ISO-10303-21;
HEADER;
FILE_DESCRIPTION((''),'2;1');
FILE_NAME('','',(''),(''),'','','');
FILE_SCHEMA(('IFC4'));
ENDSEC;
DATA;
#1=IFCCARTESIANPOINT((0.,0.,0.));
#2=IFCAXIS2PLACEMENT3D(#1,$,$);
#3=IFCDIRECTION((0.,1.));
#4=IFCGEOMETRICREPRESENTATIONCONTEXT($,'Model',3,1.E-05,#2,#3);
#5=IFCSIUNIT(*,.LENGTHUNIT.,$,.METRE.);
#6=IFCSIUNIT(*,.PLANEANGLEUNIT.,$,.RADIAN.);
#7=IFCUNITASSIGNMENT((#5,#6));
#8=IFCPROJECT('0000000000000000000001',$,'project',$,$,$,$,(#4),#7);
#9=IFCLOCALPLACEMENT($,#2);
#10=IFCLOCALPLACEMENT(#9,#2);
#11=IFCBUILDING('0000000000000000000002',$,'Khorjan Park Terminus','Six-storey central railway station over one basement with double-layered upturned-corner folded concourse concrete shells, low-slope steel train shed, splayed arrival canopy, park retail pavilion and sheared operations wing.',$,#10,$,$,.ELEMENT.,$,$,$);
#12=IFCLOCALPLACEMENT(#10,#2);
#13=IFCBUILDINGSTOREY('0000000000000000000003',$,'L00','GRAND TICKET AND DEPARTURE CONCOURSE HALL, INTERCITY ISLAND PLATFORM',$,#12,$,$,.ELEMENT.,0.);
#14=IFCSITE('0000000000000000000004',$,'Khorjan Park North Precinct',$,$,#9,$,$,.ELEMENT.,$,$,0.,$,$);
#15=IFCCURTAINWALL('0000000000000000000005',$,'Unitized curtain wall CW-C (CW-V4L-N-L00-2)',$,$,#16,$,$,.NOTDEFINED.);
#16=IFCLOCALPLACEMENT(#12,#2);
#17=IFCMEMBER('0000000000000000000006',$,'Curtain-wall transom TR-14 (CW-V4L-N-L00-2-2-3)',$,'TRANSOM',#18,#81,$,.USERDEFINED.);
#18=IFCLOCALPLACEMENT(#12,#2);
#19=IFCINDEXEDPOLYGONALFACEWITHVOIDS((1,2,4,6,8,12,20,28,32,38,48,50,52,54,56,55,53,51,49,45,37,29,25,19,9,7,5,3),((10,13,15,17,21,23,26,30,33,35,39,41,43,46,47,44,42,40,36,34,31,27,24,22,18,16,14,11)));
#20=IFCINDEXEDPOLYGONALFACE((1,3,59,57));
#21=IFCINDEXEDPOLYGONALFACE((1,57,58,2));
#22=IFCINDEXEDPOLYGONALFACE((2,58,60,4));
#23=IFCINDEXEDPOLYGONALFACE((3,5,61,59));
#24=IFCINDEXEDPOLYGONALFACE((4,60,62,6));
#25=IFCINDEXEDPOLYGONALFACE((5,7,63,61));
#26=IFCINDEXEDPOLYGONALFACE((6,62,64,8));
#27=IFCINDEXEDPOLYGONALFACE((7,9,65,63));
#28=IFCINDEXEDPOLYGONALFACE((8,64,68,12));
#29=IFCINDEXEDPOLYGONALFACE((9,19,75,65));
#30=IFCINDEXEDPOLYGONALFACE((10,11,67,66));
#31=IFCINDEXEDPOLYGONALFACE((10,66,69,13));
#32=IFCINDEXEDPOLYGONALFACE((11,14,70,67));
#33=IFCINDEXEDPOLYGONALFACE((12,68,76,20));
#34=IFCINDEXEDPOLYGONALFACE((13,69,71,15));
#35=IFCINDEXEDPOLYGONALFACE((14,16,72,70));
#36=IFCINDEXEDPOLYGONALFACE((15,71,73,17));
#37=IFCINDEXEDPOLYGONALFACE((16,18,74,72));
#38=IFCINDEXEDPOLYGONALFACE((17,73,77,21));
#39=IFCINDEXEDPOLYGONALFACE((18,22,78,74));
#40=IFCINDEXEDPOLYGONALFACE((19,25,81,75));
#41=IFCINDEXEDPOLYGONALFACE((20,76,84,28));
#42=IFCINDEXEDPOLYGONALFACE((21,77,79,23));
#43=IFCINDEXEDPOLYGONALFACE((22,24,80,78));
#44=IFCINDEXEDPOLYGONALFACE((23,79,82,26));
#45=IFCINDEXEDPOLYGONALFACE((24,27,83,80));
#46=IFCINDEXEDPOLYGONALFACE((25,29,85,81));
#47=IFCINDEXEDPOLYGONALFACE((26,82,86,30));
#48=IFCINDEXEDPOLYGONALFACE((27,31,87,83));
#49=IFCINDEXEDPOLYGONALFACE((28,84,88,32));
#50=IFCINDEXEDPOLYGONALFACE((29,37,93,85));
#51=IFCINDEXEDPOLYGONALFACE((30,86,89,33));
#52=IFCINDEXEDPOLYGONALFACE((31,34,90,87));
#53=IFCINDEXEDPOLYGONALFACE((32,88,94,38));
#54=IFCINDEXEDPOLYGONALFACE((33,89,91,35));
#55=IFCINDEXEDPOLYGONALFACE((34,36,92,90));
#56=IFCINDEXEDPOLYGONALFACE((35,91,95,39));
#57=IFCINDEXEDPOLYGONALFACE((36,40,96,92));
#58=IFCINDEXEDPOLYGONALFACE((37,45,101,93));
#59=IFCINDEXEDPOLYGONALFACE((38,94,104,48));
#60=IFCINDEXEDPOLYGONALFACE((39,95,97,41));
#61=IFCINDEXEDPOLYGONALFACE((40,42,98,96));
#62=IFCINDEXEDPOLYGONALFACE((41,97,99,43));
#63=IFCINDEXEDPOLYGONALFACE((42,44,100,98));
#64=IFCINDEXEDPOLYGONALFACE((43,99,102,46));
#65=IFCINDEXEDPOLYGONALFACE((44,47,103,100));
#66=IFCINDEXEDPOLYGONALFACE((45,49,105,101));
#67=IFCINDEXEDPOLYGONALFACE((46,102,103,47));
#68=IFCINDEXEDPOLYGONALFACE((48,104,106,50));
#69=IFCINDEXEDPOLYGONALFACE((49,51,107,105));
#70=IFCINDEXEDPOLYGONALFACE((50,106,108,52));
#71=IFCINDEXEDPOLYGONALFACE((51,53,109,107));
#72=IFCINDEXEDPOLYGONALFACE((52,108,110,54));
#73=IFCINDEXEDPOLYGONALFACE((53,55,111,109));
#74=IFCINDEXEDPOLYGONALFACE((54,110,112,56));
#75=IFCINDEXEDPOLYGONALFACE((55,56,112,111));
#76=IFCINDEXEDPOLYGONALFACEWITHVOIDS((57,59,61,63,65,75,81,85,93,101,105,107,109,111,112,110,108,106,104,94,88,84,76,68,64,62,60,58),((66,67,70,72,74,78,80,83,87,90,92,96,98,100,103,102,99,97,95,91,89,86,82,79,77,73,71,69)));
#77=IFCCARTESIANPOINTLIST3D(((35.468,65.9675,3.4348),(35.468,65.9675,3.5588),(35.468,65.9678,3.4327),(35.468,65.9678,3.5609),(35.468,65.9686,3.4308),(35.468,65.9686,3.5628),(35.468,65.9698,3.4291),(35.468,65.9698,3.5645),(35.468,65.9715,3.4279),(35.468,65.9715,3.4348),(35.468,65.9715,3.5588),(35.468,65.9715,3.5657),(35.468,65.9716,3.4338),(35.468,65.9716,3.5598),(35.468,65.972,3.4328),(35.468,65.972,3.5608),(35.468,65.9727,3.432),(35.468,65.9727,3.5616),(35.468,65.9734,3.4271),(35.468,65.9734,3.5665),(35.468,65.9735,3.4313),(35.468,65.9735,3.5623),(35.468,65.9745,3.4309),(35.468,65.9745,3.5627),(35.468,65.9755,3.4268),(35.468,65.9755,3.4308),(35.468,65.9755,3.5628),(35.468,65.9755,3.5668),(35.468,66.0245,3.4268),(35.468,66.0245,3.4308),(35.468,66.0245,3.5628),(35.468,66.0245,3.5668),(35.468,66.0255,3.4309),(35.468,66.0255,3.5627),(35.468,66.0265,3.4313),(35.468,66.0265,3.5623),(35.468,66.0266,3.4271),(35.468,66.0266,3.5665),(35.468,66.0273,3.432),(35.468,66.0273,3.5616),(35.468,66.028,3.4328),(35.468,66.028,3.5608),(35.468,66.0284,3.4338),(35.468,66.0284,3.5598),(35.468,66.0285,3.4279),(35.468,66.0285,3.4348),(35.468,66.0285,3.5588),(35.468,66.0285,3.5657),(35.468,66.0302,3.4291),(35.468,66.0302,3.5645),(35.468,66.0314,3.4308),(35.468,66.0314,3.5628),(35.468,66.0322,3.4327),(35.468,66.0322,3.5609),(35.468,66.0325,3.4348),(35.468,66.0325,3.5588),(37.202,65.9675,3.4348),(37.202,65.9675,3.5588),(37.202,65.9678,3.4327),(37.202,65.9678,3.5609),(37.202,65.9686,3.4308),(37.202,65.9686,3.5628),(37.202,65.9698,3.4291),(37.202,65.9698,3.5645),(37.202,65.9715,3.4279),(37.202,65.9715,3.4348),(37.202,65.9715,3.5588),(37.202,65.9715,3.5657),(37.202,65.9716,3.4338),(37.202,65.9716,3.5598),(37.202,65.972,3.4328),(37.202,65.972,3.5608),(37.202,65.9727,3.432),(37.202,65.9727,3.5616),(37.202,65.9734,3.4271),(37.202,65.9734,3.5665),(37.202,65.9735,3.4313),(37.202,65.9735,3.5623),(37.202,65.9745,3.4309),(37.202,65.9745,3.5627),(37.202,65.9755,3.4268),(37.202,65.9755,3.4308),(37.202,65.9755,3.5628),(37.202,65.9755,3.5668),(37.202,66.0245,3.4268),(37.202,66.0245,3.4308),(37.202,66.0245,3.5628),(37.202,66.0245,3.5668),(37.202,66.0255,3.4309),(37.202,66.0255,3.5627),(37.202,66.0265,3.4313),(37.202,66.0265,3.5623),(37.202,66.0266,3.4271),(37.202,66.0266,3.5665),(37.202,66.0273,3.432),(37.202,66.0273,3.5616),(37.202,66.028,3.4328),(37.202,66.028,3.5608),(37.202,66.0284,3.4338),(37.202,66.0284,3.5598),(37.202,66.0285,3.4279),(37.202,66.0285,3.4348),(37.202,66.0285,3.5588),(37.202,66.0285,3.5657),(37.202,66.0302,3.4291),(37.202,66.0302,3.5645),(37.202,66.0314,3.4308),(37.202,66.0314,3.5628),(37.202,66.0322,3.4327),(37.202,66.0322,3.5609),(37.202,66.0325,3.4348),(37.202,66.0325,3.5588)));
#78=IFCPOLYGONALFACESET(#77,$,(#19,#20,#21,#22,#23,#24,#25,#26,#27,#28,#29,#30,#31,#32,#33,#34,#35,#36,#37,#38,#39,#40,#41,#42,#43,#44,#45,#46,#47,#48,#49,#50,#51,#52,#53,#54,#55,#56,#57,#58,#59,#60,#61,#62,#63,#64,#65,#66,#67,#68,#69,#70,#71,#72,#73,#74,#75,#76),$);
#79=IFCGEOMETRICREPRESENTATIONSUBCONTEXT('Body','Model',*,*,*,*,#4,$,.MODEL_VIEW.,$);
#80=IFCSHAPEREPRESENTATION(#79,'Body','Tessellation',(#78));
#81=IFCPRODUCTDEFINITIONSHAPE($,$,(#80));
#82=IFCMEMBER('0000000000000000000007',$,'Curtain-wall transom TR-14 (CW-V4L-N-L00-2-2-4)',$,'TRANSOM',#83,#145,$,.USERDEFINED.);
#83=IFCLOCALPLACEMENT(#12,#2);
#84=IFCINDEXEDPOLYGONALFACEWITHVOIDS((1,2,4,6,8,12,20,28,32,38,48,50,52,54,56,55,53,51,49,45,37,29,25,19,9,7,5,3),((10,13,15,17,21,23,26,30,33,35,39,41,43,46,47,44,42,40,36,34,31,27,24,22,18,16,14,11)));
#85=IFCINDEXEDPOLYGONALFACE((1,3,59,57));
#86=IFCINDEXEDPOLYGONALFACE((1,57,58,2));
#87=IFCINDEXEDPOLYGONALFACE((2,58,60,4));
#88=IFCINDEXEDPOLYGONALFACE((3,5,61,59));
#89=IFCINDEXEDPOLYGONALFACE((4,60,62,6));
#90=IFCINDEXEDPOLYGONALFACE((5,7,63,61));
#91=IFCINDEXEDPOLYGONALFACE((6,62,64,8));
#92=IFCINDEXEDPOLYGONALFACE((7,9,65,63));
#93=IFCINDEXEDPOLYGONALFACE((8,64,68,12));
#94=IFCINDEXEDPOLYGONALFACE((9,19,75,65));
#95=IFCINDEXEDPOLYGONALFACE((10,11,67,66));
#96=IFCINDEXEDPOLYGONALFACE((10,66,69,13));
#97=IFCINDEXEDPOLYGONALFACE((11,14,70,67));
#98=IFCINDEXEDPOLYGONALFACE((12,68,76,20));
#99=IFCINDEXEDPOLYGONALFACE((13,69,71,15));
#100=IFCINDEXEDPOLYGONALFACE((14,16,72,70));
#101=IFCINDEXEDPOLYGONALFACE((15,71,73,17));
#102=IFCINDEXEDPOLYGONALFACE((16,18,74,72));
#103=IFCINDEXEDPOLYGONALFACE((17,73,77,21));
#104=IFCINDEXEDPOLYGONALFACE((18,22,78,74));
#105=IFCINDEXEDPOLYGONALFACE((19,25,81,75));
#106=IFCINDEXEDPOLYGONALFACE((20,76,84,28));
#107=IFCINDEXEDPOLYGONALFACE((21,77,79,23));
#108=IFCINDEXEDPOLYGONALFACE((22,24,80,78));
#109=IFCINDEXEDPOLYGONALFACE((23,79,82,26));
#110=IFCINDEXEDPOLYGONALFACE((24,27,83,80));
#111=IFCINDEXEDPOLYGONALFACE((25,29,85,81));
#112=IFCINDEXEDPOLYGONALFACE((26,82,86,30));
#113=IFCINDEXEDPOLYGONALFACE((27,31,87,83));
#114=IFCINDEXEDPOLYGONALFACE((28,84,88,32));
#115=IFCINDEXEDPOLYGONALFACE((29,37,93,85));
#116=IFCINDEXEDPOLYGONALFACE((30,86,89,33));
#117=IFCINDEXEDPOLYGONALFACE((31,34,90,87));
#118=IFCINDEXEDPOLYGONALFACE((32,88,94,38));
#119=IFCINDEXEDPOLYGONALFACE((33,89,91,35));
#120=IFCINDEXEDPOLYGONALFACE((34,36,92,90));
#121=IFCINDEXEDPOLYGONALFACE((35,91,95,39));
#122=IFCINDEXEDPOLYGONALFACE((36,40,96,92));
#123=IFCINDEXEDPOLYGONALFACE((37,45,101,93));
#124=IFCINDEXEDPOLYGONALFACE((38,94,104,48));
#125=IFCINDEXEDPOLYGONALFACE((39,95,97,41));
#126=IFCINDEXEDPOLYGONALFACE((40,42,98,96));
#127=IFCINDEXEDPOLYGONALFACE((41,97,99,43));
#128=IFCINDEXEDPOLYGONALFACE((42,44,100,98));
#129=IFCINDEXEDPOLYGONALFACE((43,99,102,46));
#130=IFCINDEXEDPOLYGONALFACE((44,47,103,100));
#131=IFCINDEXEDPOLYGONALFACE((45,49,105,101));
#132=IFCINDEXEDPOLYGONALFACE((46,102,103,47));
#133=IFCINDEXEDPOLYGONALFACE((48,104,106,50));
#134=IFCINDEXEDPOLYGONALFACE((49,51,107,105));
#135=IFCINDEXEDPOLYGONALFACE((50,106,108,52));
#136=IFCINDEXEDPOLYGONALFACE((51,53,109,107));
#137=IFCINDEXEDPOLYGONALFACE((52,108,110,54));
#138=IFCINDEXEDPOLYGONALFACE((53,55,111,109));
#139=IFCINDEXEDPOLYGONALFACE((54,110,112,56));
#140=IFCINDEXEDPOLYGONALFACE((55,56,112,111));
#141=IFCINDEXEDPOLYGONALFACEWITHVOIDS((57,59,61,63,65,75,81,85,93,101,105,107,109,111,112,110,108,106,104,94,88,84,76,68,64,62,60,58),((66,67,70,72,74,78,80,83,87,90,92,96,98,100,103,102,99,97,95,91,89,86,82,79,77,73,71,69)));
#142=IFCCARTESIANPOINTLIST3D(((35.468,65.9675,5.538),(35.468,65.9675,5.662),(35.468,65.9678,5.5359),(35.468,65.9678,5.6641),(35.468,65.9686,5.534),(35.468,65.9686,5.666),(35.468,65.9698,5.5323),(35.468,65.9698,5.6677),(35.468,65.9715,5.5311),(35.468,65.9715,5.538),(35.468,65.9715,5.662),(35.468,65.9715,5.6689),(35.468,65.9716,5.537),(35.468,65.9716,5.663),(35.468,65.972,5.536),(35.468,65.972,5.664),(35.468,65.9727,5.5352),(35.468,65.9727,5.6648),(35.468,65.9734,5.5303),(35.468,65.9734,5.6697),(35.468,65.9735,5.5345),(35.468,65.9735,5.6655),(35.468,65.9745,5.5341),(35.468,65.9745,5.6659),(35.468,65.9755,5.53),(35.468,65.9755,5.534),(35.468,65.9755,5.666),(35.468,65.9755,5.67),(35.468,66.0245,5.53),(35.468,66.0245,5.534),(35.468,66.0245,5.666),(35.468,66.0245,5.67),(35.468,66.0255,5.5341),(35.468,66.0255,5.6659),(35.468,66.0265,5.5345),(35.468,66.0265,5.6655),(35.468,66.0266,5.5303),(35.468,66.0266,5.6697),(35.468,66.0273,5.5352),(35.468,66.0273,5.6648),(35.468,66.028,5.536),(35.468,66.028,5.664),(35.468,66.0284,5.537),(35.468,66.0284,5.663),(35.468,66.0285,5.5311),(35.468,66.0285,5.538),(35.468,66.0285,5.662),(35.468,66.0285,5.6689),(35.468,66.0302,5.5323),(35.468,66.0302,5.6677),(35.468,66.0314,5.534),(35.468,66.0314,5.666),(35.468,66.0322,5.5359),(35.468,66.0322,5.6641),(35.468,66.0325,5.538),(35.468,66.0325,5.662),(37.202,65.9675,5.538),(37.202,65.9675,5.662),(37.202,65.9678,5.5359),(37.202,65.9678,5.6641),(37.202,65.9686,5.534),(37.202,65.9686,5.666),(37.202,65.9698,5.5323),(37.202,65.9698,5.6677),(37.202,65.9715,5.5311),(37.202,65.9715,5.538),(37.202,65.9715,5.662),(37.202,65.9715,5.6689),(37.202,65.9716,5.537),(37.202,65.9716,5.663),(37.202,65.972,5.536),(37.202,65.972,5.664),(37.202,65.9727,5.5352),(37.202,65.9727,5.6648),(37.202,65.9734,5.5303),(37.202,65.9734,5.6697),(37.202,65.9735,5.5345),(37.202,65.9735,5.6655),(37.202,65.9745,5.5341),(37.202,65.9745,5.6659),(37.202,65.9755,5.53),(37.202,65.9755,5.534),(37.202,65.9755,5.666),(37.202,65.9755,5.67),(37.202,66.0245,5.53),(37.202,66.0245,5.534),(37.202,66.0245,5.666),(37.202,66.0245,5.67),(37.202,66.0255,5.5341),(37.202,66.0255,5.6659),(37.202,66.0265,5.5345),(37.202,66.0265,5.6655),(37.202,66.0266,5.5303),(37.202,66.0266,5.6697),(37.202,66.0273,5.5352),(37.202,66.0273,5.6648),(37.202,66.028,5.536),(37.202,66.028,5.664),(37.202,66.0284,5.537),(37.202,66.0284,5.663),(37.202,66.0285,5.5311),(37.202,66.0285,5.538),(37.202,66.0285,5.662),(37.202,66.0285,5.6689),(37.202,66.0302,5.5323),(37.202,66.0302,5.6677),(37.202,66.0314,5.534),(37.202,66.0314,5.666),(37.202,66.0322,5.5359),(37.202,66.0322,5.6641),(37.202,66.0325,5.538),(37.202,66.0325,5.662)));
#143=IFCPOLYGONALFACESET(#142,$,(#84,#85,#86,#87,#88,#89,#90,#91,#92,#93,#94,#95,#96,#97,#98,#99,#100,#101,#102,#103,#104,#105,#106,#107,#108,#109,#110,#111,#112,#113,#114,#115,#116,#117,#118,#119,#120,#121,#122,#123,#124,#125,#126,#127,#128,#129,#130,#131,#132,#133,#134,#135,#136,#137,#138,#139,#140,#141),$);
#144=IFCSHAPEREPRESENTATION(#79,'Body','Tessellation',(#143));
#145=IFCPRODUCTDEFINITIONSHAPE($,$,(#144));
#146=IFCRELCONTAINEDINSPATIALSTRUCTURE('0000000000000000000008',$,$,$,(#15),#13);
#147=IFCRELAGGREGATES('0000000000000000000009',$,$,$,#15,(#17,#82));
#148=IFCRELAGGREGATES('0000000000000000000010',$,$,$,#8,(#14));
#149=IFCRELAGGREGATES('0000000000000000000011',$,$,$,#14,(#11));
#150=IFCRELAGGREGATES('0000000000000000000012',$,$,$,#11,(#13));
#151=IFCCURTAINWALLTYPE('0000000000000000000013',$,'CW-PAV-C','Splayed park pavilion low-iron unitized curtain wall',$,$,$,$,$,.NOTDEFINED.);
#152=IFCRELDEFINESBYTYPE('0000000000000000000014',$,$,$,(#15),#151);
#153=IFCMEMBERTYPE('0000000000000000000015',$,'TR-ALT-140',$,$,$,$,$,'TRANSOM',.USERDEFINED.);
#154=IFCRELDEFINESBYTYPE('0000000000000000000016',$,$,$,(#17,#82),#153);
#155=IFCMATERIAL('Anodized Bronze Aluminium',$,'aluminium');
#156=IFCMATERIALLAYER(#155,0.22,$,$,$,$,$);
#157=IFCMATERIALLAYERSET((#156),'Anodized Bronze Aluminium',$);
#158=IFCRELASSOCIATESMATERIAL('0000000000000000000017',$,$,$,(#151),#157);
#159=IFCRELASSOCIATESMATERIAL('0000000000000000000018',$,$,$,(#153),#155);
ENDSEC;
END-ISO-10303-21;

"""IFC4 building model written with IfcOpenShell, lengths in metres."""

from ifc_helpers import new_model, si_unit, direction, frame, origin, origin_2d, place, context, subcontext, project, spatial, hollow_rectangle, extrude, material, layer, layer_set, material_profile, profile_set, type_object, element, aggregate, save


model = new_model("IFC4")

# Units and contexts
model_context = context("Model", 3, precision=1e-05, world=origin(), true_north=direction((0.0, 1.0)))
body_context = subcontext(model_context, "Body", "Model", "MODEL_VIEW")
ifc_project = project(units=[si_unit("LENGTHUNIT", "METRE"), si_unit("PLANEANGLEUNIT", "RADIAN")], contexts=[model_context])

# Site, building, storey
site_placement = place(None, origin())
site = spatial("IfcSite", under=ifc_project, at=site_placement, Name="Khorjan Park North Precinct", CompositionType="ELEMENT", RefElevation=0.0)
building_placement = place(site_placement, origin())
building = spatial("IfcBuilding", under=site, at=building_placement, Name="Khorjan Park Terminus", Description="Six-storey central railway station over one basement with double-layered upturned-corner folded concourse concrete shells, low-slope steel train shed, splayed arrival canopy, park retail pavilion and sheared operations wing.", CompositionType="ELEMENT")
storey_placement = place(building_placement, origin())
storey = spatial("IfcBuildingStorey", under=building, at=storey_placement, Name="L00", Description="GRAND TICKET AND DEPARTURE CONCOURSE HALL, INTERCITY ISLAND PLATFORM", CompositionType="ELEMENT", Elevation=0.0)

# Curtain wall, members
ifc_material_1 = material(Name="Anodized Bronze Aluminium", Category="aluminium")
ifc_layer_1 = layer(ifc_material_1, 0.22)
ifc_layer_set_1 = layer_set([ifc_layer_1], Name="Anodized Bronze Aluminium")
curtain_wall_type = type_object("IfcCurtainWallType", Name="CW-PAV-C", Description="Splayed park pavilion low-iron unitized curtain wall", PredefinedType="NOTDEFINED", material=ifc_layer_set_1)
curtain_wall_1_placement = place(storey_placement, origin())
curtain_wall_1 = element("IfcCurtainWall", 1, at=curtain_wall_1_placement, inside=storey, type_object=curtain_wall_type, Name="Unitized curtain wall CW-C (CW-V4L-N-L00-2)", PredefinedType="NOTDEFINED")
ifc_material_profile_1 = material_profile(ifc_material_1, hollow_rectangle(XDim=0.065, YDim=0.14, WallThickness=0.004, InnerFilletRadius=0.004, OuterFilletRadius=0.008, at=origin_2d()), Name="ALT 65x140x4")
ifc_profile_set_1 = profile_set([ifc_material_profile_1], Name="Anodized Bronze Aluminium")
member_type_1 = type_object("IfcMemberType", Name="TR-ALT-140", ElementType="TRANSOM", PredefinedType="USERDEFINED", material=ifc_profile_set_1)
member_1_placement = place(storey_placement, frame((37.202, 66.0, 3.4968), z_axis=(-1.0, 0.0, 0.0), x_axis=(0.0, -1.0, 0.0)))
member_1 = element("IfcMember", 2, at=member_1_placement, type_object=member_type_1, Name="Curtain-wall transom TR-14 (CW-V4L-N-L00-2-2-3)", ObjectType="TRANSOM", PredefinedType="USERDEFINED", context=body_context, shape_type="SweptSolid", body=[
    extrude(hollow_rectangle(XDim=0.065, YDim=0.14, WallThickness=0.004, InnerFilletRadius=0.004, OuterFilletRadius=0.008, at=origin_2d()), origin(), (0.0, 0.0, 1.0), 1.734),
])
member_2_placement = place(storey_placement, frame((37.202, 66.0, 5.6), z_axis=(-1.0, 0.0, 0.0), x_axis=(0.0, -1.0, 0.0)))
member_2 = element("IfcMember", 3, at=member_2_placement, type_object=member_type_1, Name="Curtain-wall transom TR-14 (CW-V4L-N-L00-2-2-4)", ObjectType="TRANSOM", PredefinedType="USERDEFINED", context=body_context, shape_type="SweptSolid", body=[
    extrude(hollow_rectangle(XDim=0.065, YDim=0.14, WallThickness=0.004, InnerFilletRadius=0.004, OuterFilletRadius=0.008, at=origin_2d()), origin(), (0.0, 0.0, 1.0), 1.734),
])

aggregate(curtain_wall_1, [member_1, member_2])

save(model, "model.ifc")
